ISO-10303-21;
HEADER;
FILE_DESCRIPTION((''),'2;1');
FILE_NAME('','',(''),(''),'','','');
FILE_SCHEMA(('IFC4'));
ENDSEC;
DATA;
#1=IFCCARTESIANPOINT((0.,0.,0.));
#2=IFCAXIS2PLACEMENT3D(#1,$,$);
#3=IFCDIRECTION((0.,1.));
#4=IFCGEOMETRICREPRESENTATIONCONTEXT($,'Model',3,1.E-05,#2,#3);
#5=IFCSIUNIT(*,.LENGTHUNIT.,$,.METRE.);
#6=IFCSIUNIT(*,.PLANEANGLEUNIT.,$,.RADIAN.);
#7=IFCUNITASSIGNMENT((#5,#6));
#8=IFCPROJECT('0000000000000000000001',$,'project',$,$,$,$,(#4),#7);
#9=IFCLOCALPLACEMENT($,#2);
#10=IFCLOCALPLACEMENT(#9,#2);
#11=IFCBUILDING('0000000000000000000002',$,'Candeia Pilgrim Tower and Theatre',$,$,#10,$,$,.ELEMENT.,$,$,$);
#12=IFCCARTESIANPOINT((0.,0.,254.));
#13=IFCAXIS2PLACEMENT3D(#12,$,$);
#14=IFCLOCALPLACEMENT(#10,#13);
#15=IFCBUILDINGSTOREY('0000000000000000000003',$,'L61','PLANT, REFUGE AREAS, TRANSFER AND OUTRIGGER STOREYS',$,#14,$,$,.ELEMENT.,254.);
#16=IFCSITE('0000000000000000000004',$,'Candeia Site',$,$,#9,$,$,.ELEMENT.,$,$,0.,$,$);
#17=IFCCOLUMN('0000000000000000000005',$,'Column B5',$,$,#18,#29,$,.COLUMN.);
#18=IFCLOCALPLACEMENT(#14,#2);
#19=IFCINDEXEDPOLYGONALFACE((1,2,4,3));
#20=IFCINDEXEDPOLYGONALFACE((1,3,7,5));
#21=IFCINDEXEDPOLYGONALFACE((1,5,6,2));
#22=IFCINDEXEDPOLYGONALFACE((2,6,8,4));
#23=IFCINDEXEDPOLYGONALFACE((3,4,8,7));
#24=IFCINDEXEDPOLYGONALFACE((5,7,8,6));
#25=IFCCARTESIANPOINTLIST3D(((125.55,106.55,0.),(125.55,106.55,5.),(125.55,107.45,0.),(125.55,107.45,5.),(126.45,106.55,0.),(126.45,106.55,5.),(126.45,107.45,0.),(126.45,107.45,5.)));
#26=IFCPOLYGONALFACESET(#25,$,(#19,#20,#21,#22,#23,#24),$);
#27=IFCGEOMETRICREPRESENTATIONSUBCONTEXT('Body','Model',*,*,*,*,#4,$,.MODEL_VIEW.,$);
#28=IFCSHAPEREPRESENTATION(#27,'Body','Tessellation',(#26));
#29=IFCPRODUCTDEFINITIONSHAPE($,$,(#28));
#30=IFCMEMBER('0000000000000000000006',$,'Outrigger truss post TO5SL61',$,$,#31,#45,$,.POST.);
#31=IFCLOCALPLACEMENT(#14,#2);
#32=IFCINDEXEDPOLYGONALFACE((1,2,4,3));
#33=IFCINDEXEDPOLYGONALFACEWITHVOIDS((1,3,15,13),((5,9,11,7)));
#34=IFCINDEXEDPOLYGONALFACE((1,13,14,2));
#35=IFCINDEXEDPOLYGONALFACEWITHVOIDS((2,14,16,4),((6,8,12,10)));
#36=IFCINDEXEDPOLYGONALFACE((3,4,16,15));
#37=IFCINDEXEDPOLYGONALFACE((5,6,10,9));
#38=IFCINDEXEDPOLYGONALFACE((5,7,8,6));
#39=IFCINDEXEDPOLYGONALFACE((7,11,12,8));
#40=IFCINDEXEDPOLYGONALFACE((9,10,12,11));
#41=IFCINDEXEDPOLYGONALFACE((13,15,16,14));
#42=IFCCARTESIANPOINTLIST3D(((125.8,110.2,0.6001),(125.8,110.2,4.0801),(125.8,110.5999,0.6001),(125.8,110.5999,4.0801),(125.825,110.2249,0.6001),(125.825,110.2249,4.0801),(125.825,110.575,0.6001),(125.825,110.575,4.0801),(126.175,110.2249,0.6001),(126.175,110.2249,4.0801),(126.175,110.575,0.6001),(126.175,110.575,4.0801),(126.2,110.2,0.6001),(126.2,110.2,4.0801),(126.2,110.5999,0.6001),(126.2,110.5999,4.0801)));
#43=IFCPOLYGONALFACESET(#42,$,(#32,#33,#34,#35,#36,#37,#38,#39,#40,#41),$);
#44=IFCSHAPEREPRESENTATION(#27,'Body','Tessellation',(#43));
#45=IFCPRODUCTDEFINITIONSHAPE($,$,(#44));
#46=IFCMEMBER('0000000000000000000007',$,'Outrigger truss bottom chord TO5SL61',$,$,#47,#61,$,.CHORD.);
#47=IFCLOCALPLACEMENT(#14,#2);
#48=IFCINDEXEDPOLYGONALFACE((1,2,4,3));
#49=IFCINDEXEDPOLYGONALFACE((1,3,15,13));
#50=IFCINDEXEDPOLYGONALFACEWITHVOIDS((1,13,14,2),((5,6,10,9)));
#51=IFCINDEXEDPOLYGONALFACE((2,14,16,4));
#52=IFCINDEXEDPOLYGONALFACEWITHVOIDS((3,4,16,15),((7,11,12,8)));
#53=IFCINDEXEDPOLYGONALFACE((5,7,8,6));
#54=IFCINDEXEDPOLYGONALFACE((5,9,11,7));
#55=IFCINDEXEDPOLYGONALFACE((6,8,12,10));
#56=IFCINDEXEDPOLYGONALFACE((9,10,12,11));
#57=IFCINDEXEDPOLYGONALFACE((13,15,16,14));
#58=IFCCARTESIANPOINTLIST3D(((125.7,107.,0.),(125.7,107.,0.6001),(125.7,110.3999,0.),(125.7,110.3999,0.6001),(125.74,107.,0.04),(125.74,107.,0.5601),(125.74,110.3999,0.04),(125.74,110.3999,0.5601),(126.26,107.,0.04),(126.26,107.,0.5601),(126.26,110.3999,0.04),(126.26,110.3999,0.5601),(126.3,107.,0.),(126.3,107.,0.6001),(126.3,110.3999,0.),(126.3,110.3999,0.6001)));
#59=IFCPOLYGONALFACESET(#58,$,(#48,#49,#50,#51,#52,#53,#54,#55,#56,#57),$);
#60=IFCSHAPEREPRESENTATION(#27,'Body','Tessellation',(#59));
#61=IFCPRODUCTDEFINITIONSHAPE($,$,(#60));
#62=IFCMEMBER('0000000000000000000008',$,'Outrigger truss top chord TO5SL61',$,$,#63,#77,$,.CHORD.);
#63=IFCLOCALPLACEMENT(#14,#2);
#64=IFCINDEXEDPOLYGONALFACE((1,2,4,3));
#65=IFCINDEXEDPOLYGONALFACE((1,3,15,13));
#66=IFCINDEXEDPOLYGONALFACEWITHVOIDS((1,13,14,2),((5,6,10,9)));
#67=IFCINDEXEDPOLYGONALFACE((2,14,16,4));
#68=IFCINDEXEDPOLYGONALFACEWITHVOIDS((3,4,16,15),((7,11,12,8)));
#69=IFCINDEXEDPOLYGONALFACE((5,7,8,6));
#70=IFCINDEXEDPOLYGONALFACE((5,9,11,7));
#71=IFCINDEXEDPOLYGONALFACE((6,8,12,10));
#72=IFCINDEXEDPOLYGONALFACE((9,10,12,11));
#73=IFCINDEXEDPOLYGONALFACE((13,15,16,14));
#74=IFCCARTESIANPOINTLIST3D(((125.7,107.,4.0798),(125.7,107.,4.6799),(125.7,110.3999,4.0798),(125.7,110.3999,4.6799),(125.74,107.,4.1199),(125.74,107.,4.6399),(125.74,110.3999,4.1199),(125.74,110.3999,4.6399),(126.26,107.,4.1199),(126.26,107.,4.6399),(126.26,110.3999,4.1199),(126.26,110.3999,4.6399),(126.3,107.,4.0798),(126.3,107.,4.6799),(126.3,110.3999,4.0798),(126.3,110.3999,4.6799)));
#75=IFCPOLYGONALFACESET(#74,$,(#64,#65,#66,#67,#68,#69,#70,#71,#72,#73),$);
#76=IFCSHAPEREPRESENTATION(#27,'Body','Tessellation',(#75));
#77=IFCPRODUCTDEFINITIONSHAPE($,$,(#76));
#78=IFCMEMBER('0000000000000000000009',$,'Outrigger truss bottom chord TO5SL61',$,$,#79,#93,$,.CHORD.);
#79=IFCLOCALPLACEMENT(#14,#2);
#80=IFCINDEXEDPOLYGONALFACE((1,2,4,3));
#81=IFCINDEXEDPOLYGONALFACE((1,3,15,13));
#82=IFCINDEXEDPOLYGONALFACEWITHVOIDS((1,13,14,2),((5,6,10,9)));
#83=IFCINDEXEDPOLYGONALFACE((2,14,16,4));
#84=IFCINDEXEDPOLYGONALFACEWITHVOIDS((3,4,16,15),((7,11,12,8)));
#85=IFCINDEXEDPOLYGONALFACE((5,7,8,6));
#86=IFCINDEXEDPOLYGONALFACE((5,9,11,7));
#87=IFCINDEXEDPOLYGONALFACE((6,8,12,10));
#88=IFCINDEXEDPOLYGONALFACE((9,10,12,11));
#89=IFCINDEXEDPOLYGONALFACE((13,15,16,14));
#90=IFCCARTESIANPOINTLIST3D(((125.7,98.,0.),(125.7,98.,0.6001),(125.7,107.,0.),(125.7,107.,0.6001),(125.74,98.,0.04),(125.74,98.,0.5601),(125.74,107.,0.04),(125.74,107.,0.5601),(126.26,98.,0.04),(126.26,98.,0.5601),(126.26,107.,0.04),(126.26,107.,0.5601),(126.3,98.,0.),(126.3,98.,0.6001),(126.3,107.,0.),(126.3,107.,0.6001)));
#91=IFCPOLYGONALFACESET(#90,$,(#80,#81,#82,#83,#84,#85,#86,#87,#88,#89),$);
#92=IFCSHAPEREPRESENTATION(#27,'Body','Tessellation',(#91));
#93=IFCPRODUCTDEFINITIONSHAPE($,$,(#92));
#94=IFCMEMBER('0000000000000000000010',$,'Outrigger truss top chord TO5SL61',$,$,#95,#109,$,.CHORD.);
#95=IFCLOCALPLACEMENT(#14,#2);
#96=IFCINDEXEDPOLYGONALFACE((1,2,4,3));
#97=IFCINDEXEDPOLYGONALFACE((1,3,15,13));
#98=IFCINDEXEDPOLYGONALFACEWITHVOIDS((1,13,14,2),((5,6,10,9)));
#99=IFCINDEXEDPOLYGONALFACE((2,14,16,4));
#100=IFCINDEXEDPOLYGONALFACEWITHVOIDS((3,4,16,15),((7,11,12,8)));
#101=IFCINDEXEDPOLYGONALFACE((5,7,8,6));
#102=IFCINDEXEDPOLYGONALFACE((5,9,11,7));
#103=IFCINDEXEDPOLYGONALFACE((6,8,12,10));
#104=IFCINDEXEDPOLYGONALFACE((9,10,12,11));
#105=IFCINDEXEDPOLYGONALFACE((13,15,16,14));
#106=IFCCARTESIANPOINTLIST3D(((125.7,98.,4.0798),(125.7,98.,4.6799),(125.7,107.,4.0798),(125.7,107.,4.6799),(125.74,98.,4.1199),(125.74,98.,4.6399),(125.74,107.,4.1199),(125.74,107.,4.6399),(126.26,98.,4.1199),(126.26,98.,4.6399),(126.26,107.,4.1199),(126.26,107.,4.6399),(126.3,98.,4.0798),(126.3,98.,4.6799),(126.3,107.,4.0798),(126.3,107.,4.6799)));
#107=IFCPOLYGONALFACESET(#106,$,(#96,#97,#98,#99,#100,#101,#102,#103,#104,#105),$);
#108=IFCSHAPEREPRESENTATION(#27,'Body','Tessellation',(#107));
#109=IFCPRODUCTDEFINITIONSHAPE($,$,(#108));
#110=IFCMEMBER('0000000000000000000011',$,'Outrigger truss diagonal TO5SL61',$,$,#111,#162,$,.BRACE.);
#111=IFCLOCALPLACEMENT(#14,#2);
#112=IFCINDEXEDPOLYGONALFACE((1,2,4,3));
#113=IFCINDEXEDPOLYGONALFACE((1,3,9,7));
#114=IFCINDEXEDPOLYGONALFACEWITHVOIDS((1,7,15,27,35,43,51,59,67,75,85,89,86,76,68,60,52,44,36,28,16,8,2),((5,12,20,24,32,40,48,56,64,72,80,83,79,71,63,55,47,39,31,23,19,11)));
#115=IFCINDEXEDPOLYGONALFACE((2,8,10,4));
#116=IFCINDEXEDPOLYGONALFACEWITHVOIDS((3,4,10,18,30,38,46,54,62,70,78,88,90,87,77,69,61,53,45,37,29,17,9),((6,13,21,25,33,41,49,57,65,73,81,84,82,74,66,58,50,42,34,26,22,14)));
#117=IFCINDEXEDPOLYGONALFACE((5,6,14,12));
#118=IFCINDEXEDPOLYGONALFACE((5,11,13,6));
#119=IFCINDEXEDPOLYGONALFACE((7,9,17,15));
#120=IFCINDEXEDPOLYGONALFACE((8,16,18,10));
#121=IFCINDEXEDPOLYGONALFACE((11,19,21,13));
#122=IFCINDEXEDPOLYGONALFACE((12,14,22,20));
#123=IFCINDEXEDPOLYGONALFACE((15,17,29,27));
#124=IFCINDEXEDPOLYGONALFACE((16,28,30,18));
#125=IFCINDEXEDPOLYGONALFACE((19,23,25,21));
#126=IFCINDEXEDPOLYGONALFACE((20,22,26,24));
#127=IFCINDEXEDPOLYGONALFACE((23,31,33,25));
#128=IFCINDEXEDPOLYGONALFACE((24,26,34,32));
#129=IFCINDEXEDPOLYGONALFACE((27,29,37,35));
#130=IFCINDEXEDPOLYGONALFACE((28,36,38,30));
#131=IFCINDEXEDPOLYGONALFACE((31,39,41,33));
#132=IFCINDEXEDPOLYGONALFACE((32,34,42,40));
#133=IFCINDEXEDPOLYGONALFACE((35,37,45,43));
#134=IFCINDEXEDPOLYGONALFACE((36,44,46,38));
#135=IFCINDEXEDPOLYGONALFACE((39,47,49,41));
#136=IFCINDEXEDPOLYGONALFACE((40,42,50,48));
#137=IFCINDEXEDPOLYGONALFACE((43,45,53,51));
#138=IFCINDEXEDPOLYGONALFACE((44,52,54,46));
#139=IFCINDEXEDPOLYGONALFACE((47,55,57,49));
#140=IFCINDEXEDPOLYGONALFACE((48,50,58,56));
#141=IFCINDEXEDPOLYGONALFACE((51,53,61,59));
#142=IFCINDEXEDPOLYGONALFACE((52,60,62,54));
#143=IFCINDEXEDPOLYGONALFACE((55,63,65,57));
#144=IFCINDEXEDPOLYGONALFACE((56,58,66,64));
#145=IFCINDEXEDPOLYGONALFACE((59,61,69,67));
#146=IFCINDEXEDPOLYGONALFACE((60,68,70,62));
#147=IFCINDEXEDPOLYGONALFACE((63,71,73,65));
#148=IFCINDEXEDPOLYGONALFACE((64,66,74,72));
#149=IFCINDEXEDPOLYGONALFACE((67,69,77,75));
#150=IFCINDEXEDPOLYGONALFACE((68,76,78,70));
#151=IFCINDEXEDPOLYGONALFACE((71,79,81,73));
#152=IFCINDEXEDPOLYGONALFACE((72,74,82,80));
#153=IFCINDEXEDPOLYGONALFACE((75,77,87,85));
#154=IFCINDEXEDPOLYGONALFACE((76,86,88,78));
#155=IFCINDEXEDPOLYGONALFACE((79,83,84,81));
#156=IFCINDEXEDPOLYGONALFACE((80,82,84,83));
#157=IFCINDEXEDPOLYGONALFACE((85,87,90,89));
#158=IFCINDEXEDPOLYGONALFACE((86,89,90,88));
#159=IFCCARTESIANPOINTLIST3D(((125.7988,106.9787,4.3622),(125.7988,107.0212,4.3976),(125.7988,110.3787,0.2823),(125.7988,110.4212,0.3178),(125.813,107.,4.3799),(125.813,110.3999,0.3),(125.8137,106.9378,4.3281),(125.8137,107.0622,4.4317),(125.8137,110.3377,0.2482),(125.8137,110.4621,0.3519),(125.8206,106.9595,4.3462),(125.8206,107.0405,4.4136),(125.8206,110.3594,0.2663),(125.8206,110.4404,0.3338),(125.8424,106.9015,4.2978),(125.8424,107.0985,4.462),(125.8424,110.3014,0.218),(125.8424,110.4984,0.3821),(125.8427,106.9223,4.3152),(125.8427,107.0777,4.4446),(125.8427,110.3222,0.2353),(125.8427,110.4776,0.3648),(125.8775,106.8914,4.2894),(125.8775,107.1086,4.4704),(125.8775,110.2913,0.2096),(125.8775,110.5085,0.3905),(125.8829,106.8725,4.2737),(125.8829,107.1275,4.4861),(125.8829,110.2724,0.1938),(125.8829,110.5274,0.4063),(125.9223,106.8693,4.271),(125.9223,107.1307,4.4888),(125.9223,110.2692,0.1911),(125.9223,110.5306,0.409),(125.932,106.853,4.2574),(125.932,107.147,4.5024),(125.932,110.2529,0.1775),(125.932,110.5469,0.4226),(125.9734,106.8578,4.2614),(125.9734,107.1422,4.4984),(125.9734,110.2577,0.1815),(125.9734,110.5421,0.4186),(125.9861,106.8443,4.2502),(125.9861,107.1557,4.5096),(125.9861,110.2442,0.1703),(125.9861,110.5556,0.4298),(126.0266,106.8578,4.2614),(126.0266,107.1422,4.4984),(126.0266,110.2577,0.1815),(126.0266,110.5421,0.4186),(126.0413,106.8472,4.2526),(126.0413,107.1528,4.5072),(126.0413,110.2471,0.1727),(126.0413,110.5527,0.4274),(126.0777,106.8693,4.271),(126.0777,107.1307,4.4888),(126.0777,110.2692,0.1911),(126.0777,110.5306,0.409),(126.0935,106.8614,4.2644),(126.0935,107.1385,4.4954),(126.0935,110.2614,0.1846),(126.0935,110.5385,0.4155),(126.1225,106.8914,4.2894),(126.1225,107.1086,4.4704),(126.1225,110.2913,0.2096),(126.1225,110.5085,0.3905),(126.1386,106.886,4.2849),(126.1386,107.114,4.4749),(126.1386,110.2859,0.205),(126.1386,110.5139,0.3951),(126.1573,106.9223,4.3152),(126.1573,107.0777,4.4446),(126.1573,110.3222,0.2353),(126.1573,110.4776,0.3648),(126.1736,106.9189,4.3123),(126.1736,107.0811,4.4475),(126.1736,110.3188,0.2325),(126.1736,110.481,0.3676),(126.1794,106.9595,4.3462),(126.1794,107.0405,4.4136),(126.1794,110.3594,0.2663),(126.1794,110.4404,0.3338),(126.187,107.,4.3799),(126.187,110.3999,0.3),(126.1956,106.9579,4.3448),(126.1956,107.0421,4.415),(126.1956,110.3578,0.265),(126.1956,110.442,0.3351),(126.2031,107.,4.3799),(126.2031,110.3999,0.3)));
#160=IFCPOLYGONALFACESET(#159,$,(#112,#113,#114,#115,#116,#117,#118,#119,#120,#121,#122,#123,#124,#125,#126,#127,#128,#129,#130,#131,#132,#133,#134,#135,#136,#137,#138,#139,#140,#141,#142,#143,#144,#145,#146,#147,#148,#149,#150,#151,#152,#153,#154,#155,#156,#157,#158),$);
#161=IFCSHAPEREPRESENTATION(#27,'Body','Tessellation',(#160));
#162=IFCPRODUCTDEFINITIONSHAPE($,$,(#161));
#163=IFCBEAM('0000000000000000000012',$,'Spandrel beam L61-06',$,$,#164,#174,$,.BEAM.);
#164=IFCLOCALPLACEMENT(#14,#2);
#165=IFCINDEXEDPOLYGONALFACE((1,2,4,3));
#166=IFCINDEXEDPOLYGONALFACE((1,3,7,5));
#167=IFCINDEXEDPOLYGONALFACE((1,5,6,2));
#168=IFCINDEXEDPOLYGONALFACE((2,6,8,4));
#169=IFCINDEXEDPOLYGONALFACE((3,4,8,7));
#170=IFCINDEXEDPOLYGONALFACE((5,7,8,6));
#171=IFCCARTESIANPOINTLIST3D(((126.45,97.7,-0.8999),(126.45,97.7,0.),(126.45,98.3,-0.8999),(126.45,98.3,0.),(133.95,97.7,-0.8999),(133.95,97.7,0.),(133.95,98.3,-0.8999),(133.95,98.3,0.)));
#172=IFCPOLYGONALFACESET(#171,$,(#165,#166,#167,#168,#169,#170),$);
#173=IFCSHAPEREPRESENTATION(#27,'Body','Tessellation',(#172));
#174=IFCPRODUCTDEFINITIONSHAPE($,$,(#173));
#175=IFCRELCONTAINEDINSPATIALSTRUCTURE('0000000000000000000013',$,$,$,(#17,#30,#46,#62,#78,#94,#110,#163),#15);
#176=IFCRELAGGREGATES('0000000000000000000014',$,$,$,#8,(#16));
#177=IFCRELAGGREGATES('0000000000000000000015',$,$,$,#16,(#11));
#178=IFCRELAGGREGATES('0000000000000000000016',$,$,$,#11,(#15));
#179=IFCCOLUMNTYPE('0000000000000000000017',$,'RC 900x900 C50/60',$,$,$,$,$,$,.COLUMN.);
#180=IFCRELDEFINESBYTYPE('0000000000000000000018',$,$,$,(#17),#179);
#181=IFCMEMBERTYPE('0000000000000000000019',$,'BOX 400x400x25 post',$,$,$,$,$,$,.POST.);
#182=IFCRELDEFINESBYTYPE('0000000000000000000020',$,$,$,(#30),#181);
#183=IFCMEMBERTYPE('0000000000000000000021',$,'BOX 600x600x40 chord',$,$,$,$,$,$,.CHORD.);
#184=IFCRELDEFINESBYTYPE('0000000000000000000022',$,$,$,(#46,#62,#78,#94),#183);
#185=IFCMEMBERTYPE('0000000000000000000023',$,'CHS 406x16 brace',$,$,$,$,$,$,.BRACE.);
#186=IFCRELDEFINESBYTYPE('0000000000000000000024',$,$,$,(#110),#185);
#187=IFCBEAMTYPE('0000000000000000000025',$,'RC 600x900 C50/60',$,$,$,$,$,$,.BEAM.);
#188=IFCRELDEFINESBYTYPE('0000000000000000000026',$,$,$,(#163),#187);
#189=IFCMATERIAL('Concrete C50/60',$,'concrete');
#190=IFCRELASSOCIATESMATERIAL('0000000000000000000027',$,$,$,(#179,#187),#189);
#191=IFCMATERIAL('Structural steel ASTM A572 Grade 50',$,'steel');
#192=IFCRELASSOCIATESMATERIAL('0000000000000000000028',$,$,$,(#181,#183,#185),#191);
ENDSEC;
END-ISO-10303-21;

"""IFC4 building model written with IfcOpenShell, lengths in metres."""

from ifc_helpers import new_model, si_unit, direction, frame, origin, origin_2d, place, context, subcontext, project, spatial, rectangle, hollow_rectangle, hollow_circle, extrude, material, material_profile, profile_set, type_object, element, save


model = new_model("IFC4")

# Units and contexts
model_context = context("Model", 3, precision=1e-05, world=origin(), true_north=direction((0.0, 1.0)))
body_context = subcontext(model_context, "Body", "Model", "MODEL_VIEW")
ifc_project = project(units=[si_unit("LENGTHUNIT", "METRE"), si_unit("PLANEANGLEUNIT", "RADIAN")], contexts=[model_context])

# Site, building, storey
site_placement = place(None, origin())
site = spatial("IfcSite", under=ifc_project, at=site_placement, Name="Candeia Site", CompositionType="ELEMENT", RefElevation=0.0)
building_placement = place(site_placement, origin())
building = spatial("IfcBuilding", under=site, at=building_placement, Name="Candeia Pilgrim Tower and Theatre", CompositionType="ELEMENT")
storey_placement = place(building_placement, frame((0.0, 0.0, 254.0)))
storey = spatial("IfcBuildingStorey", under=building, at=storey_placement, Name="L61", Description="PLANT, REFUGE AREAS, TRANSFER AND OUTRIGGER STOREYS", CompositionType="ELEMENT", Elevation=254.0)

# Column
ifc_material_1 = material(Name="Concrete C50/60", Category="concrete")
ifc_material_profile_1 = material_profile(ifc_material_1, rectangle(XDim=0.8999, YDim=0.8999, at=origin_2d()))
ifc_profile_set_1 = profile_set([ifc_material_profile_1], Name="Concrete C50/60")
column_type = type_object("IfcColumnType", Name="RC 900x900 C50/60", PredefinedType="COLUMN", material=ifc_profile_set_1)
column_placement = place(storey_placement, frame((126.0, 107.0, 0.0), z_axis=(0.0, 0.0, 1.0), x_axis=(1.0, 0.0, 0.0)))
element("IfcColumn", 1, at=column_placement, inside=storey, type_object=column_type, Name="Column B5", PredefinedType="COLUMN", context=body_context, shape_type="SweptSolid", body=[
    extrude(rectangle(XDim=0.8999, YDim=0.8999, at=origin_2d()), origin(), (0.0, 0.0, 1.0), 5.0),
])

# Members
ifc_material_2 = material(Name="Structural steel ASTM A572 Grade 50", Category="steel")
ifc_material_profile_2 = material_profile(ifc_material_2, hollow_rectangle(XDim=0.3999, YDim=0.3999, WallThickness=0.0249, at=origin_2d()))
ifc_profile_set_2 = profile_set([ifc_material_profile_2], Name="Structural steel ASTM A572 Grade 50")
member_type_1 = type_object("IfcMemberType", Name="BOX 400x400x25 post", PredefinedType="POST", material=ifc_profile_set_2)
member_1_placement = place(storey_placement, frame((126.0, 110.3999, 0.6001), z_axis=(0.0, 0.0, 1.0), x_axis=(1.0, 0.0, 0.0)))
element("IfcMember", 2, at=member_1_placement, inside=storey, type_object=member_type_1, Name="Outrigger truss post TO5SL61", PredefinedType="POST", context=body_context, shape_type="SweptSolid", body=[
    extrude(hollow_rectangle(XDim=0.3999, YDim=0.3999, WallThickness=0.0249, at=origin_2d()), origin(), (0.0, 0.0, 1.0), 3.48),
])
ifc_material_profile_3 = material_profile(ifc_material_2, hollow_rectangle(XDim=0.6001, YDim=0.6001, WallThickness=0.04, at=origin_2d()))
ifc_profile_set_3 = profile_set([ifc_material_profile_3], Name="Structural steel ASTM A572 Grade 50")
member_type_2 = type_object("IfcMemberType", Name="BOX 600x600x40 chord", PredefinedType="CHORD", material=ifc_profile_set_3)
for number, where, z_axis, x_axis, name in (
    (3, (126.0, 110.3999, 0.3), (0.0, -1.0, 0.0), (1.0, 0.0, 0.0), "Outrigger truss bottom chord TO5SL61"),
    (4, (126.0, 110.3999, 4.3799), (0.0, -1.0, 0.0), (1.0, 0.0, 0.0), "Outrigger truss top chord TO5SL61"),
):
    element("IfcMember", number, at=place(storey_placement, frame(where, z_axis=z_axis, x_axis=x_axis)), inside=storey, type_object=member_type_2, Name=name, PredefinedType="CHORD", context=body_context, shape_type="SweptSolid", body=[
        extrude(hollow_rectangle(XDim=0.6001, YDim=0.6001, WallThickness=0.04, at=origin_2d()), origin(), (0.0, 0.0, 1.0), 3.3999),
    ])
for number, where, z_axis, x_axis, name in (
    (5, (126.0, 107.0, 0.3), (0.0, -1.0, 0.0), (1.0, 0.0, 0.0), "Outrigger truss bottom chord TO5SL61"),
    (6, (126.0, 107.0, 4.3799), (0.0, -1.0, 0.0), (1.0, 0.0, 0.0), "Outrigger truss top chord TO5SL61"),
):
    element("IfcMember", number, at=place(storey_placement, frame(where, z_axis=z_axis, x_axis=x_axis)), inside=storey, type_object=member_type_2, Name=name, PredefinedType="CHORD", context=body_context, shape_type="SweptSolid", body=[
        extrude(hollow_rectangle(XDim=0.6001, YDim=0.6001, WallThickness=0.04, at=origin_2d()), origin(), (0.0, 0.0, 1.0), 9.0),
    ])
ifc_material_profile_4 = material_profile(ifc_material_2, hollow_circle(Radius=0.2031, WallThickness=0.0161, at=origin_2d()))
ifc_profile_set_4 = profile_set([ifc_material_profile_4], Name="Structural steel ASTM A572 Grade 50")
member_type_3 = type_object("IfcMemberType", Name="CHS 406x16 brace", PredefinedType="BRACE", material=ifc_profile_set_4)
member_2_placement = place(storey_placement, frame((126.0, 110.3999, 0.3), z_axis=(0.0, -0.640189, 0.768218), x_axis=(1.0, 0.0, 0.0)))
element("IfcMember", 7, at=member_2_placement, inside=storey, type_object=member_type_3, Name="Outrigger truss diagonal TO5SL61", PredefinedType="BRACE", context=body_context, shape_type="SweptSolid", body=[
    extrude(hollow_circle(Radius=0.2031, WallThickness=0.0161, at=origin_2d()), origin(), (0.0, 0.0, 1.0), 5.3108),
])

# Beam
ifc_material_profile_5 = material_profile(ifc_material_1, rectangle(XDim=0.6001, YDim=0.8999, at=origin_2d()))
ifc_profile_set_5 = profile_set([ifc_material_profile_5], Name="Concrete C50/60")
beam_type = type_object("IfcBeamType", Name="RC 600x900 C50/60", PredefinedType="BEAM", material=ifc_profile_set_5)
beam_placement = place(storey_placement, frame((126.45, 98.0, -0.45), z_axis=(1.0, 0.0, 0.0), x_axis=(0.0, 1.0, 0.0)))
element("IfcBeam", 8, at=beam_placement, inside=storey, type_object=beam_type, Name="Spandrel beam L61-06", PredefinedType="BEAM", context=body_context, shape_type="SweptSolid", body=[
    extrude(rectangle(XDim=0.6001, YDim=0.8999, at=origin_2d()), origin(), (0.0, 0.0, 1.0), 7.5),
])

save(model, "model.ifc")
